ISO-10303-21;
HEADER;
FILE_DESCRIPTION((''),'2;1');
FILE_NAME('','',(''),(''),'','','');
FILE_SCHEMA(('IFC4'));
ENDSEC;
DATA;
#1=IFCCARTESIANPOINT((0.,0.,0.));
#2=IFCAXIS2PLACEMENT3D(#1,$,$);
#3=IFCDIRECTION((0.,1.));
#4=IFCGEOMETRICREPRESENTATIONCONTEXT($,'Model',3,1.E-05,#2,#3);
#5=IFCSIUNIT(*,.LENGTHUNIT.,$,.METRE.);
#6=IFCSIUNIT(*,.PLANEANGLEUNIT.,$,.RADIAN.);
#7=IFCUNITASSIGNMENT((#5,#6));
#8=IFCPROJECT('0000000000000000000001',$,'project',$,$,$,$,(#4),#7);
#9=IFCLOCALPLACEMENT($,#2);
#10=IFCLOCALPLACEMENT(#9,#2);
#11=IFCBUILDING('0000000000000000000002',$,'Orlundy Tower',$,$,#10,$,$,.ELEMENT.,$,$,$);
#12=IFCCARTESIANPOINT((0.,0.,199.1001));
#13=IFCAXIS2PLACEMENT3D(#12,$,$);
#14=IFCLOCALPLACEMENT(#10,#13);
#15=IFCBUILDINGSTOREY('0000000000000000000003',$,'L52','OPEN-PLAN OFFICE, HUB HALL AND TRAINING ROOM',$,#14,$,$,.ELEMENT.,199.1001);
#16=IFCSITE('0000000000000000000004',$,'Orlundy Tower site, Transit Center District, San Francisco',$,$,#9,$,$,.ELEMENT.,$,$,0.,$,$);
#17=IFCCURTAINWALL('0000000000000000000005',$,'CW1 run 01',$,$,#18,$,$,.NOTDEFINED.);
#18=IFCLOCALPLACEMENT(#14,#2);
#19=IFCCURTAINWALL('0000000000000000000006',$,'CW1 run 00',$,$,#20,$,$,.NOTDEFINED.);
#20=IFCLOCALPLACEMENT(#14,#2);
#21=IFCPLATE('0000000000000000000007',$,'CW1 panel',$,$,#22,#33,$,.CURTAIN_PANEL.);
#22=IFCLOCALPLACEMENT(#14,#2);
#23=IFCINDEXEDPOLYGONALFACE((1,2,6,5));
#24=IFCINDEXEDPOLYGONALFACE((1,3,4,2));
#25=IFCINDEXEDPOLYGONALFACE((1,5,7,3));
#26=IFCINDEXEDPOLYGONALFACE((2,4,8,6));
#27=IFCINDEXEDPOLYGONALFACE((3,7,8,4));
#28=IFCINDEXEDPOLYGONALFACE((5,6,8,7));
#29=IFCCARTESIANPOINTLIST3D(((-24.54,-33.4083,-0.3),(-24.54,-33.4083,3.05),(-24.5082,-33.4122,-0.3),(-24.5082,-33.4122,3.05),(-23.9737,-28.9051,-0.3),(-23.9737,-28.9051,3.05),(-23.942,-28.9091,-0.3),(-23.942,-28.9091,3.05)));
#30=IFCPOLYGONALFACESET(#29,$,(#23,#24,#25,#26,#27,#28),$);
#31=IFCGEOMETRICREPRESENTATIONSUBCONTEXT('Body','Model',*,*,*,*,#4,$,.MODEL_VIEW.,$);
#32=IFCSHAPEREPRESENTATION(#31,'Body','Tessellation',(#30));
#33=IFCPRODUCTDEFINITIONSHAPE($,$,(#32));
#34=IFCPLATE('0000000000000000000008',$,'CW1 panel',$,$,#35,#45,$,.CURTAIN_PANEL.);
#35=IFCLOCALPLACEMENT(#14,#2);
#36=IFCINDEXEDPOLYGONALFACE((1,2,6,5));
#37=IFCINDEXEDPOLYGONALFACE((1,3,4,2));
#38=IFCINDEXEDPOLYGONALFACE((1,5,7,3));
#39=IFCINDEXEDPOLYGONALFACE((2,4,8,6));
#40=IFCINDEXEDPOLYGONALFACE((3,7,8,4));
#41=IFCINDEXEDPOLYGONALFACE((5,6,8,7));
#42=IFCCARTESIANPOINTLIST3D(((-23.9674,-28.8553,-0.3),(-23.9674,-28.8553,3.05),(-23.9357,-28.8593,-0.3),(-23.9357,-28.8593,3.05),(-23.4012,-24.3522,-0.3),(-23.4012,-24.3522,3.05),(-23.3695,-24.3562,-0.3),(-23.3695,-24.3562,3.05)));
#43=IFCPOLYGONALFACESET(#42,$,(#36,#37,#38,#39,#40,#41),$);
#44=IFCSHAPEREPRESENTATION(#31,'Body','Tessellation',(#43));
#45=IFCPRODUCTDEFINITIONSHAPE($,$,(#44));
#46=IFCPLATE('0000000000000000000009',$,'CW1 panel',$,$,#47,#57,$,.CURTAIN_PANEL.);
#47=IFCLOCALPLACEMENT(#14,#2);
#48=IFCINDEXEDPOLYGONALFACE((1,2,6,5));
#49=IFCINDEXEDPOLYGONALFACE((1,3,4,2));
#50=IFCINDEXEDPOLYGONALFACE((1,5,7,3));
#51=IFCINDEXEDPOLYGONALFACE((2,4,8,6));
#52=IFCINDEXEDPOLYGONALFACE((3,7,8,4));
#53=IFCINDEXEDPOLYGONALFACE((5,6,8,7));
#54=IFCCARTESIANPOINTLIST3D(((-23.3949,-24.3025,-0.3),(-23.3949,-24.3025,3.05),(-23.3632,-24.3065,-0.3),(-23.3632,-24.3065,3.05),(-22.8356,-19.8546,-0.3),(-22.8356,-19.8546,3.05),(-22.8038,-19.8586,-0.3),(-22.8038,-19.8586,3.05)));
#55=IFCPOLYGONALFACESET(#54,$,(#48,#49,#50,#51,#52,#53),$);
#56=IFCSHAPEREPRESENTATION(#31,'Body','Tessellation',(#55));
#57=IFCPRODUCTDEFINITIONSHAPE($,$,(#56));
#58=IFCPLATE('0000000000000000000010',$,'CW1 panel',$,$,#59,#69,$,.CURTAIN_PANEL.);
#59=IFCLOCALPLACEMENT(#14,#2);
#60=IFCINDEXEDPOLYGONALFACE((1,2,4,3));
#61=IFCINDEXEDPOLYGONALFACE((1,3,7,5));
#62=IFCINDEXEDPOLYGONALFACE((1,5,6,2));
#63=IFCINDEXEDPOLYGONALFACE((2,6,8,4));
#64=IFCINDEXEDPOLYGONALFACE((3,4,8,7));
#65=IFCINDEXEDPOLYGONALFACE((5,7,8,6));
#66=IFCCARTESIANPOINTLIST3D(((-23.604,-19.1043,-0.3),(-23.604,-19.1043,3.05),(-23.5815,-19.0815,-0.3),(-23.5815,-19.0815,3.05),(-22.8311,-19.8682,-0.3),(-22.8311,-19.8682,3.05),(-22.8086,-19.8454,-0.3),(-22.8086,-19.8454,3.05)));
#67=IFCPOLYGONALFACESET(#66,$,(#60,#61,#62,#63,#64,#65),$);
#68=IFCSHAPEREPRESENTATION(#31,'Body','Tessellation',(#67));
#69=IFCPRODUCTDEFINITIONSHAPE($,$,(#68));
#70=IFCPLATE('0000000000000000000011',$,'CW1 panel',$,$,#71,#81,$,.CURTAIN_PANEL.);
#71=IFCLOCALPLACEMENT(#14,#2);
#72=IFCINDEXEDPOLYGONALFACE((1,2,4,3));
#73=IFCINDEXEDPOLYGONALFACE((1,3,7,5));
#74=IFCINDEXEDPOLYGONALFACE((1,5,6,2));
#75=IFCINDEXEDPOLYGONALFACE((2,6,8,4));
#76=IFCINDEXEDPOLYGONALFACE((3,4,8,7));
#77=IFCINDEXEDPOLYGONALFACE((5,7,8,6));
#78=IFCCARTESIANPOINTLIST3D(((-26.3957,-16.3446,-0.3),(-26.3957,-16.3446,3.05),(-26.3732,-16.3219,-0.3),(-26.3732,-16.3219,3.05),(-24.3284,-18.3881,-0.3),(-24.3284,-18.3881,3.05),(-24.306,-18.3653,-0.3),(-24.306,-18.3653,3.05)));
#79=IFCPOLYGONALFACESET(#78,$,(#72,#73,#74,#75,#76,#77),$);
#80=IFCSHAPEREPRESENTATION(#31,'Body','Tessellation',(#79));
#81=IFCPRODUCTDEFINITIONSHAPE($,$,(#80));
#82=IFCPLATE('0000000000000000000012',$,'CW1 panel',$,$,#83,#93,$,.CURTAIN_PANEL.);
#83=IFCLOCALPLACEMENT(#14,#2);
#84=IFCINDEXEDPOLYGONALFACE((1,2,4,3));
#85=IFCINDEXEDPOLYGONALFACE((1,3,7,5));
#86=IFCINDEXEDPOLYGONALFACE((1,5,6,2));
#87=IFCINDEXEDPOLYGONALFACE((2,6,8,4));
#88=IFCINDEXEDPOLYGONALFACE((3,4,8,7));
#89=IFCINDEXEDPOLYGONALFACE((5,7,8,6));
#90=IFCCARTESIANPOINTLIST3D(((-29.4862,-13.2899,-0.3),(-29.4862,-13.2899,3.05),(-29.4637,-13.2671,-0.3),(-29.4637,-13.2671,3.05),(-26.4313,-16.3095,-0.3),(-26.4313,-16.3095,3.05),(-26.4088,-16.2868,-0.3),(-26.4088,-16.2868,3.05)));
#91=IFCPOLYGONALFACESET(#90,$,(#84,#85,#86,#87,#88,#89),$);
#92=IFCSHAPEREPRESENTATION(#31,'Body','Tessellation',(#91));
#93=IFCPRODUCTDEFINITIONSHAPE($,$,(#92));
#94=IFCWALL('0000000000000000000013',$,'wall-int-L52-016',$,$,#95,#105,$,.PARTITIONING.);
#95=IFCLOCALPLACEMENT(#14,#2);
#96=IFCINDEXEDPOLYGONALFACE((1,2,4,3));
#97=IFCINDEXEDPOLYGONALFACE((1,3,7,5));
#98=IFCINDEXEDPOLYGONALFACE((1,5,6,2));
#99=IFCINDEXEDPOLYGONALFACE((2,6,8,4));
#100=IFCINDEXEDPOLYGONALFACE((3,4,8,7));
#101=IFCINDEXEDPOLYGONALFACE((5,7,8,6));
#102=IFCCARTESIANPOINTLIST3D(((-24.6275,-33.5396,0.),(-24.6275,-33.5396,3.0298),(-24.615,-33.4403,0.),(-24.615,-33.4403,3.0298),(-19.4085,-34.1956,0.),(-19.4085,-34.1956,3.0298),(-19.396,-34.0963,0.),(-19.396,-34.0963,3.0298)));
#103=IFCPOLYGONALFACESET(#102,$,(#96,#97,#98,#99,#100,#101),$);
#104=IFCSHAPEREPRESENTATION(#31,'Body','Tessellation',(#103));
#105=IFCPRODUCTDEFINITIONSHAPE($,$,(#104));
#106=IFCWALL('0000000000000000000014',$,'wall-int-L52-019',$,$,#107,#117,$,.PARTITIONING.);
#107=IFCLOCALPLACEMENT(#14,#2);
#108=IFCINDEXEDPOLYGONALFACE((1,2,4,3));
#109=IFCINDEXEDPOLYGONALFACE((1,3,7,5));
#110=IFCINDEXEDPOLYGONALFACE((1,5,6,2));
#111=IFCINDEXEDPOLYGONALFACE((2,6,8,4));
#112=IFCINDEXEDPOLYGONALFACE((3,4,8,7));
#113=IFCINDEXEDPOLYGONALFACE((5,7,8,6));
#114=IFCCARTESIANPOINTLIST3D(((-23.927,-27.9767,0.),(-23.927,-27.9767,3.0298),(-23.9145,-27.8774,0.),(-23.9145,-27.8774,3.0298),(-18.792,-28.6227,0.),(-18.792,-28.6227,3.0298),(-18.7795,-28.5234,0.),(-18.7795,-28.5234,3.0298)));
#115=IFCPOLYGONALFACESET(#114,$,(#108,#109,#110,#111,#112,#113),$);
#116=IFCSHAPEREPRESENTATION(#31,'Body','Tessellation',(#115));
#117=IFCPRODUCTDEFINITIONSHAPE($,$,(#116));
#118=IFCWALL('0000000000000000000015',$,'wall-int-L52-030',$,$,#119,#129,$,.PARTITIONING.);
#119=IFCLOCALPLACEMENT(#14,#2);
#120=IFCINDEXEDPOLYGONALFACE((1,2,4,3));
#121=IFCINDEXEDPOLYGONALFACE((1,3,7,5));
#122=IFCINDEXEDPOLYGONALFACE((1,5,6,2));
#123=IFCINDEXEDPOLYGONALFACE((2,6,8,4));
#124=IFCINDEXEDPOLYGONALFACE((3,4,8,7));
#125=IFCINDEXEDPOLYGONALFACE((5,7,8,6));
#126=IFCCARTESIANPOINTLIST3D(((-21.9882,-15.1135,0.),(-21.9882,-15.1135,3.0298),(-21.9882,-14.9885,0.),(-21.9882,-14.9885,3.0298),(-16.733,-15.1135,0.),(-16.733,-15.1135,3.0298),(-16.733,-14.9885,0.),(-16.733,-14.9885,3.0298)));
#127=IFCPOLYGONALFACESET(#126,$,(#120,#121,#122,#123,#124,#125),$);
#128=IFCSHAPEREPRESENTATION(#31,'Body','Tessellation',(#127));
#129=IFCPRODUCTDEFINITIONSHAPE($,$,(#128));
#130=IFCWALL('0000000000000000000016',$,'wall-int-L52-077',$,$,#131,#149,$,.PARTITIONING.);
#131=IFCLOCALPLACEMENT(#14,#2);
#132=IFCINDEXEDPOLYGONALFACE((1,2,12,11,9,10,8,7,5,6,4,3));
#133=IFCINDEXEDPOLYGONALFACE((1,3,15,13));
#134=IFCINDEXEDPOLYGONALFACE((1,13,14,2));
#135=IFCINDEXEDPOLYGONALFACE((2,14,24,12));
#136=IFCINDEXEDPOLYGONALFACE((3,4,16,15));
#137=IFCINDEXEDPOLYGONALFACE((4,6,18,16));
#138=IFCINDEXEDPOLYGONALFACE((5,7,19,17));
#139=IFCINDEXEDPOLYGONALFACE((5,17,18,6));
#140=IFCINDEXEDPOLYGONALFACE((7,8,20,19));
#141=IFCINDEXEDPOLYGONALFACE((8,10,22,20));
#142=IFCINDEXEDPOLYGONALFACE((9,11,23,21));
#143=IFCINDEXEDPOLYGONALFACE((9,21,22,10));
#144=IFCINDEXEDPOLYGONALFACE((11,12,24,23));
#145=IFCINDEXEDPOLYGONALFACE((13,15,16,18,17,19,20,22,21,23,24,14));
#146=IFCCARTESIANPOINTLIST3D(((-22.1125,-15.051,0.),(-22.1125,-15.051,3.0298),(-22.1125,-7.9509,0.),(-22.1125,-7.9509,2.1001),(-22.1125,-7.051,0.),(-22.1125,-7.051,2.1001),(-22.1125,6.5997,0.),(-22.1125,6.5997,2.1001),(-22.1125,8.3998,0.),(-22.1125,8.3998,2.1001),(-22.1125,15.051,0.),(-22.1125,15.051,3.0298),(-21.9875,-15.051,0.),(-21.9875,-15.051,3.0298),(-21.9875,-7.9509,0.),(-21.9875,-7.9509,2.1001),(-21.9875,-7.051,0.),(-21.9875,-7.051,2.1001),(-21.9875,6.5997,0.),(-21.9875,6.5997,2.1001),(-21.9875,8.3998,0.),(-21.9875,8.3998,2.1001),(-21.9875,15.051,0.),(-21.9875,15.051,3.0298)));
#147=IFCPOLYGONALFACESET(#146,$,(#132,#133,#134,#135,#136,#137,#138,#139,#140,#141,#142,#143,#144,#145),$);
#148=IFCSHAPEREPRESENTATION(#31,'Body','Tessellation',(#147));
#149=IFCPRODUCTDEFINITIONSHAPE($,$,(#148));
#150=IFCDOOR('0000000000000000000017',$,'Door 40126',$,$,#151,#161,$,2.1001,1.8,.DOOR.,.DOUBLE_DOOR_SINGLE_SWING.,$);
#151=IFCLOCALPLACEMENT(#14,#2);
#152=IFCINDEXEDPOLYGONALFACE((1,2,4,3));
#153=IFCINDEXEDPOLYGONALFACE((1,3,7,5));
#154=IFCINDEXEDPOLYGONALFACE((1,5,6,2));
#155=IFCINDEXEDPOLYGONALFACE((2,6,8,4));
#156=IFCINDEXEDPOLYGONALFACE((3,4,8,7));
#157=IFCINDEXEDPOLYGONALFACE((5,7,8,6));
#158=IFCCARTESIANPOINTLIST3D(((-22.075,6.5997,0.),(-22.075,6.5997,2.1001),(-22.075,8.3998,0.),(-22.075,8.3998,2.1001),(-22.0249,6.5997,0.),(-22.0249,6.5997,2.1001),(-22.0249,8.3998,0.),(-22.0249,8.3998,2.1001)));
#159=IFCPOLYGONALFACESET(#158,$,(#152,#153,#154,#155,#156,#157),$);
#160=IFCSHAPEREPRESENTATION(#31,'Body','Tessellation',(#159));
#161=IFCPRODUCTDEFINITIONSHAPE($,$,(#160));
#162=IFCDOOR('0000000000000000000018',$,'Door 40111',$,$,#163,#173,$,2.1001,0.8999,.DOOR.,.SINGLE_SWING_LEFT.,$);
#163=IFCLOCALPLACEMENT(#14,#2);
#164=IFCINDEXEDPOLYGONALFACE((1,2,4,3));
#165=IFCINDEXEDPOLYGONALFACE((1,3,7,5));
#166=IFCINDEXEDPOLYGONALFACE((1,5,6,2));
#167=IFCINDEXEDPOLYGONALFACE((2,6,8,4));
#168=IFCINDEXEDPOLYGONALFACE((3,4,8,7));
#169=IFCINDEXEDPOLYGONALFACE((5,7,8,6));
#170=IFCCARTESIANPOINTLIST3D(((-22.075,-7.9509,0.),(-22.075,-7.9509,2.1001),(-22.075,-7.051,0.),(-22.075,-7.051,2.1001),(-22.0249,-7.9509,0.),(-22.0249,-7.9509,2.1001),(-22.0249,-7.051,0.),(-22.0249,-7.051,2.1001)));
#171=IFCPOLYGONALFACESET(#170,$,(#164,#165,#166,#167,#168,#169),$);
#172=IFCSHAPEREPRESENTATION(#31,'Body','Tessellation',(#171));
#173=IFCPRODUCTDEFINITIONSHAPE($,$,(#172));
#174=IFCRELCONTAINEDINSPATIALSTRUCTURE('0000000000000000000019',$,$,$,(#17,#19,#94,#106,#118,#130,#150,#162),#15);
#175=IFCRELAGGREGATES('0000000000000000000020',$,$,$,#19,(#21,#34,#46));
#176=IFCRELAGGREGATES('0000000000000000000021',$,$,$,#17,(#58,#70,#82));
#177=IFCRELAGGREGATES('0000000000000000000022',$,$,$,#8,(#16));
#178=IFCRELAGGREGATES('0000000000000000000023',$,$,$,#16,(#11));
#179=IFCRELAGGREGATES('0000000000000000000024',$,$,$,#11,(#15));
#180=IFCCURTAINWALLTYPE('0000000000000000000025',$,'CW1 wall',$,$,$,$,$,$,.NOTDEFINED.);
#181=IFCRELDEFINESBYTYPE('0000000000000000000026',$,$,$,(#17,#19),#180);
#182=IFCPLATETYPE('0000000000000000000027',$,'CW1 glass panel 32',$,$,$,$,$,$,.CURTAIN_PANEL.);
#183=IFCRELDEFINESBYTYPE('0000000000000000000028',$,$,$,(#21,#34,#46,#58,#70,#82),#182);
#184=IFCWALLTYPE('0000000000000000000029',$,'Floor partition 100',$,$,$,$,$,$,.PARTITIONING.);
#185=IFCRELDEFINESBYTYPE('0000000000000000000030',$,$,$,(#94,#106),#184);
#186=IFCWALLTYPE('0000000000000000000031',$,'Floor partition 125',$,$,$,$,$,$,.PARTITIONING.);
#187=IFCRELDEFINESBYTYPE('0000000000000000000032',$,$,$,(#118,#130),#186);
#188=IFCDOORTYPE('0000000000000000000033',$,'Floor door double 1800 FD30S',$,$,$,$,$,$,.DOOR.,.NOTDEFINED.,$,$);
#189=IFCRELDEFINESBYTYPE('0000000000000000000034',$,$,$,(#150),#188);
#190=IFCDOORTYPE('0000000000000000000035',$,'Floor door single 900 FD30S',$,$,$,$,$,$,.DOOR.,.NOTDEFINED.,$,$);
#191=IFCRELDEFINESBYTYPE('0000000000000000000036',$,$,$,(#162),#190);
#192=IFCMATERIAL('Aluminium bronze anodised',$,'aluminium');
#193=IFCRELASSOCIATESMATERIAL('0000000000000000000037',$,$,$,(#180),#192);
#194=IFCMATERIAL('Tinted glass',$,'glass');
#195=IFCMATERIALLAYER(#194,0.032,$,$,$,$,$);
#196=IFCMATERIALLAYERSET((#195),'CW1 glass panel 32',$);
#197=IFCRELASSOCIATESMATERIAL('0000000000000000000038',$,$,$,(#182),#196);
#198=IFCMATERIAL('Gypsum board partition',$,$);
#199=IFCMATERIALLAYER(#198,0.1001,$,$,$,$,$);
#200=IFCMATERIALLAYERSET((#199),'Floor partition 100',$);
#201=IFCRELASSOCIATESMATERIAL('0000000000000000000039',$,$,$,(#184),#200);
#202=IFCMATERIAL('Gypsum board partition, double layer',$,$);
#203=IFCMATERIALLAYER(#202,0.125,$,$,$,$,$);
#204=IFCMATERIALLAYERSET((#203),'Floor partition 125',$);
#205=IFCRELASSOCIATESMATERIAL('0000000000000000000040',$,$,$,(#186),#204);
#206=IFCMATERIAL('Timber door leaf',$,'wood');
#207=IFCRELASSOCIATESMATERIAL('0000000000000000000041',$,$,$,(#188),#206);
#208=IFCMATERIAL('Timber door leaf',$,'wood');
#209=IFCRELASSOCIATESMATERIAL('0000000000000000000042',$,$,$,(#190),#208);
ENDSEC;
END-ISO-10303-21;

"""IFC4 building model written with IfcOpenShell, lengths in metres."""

from ifc_helpers import new_model, si_unit, direction, frame, frame_2d, origin, origin_2d, place, context, subcontext, project, spatial, rectangle, extrude, material, layer, layer_set, type_object, element, fill, aggregate, save


model = new_model("IFC4")

# Units and contexts
model_context = context("Model", 3, precision=1e-05, world=origin(), true_north=direction((0.0, 1.0)))
body_context = subcontext(model_context, "Body", "Model", "MODEL_VIEW")
ifc_project = project(units=[si_unit("LENGTHUNIT", "METRE"), si_unit("PLANEANGLEUNIT", "RADIAN")], contexts=[model_context])

# Site, building, storey
site_placement = place(None, origin())
site = spatial("IfcSite", under=ifc_project, at=site_placement, Name="Orlundy Tower site, Transit Center District, San Francisco", CompositionType="ELEMENT", RefElevation=0.0)
building_placement = place(site_placement, origin())
building = spatial("IfcBuilding", under=site, at=building_placement, Name="Orlundy Tower", CompositionType="ELEMENT")
storey_placement = place(building_placement, frame((0.0, 0.0, 199.1001)))
storey = spatial("IfcBuildingStorey", under=building, at=storey_placement, Name="L52", Description="OPEN-PLAN OFFICE, HUB HALL AND TRAINING ROOM", CompositionType="ELEMENT", Elevation=199.1001)

# Curtain wall
ifc_material_1 = material(Name="Aluminium bronze anodised", Category="aluminium")
curtain_wall_type = type_object("IfcCurtainWallType", Name="CW1 wall", PredefinedType="NOTDEFINED", material=ifc_material_1)
curtain_wall_1_placement = place(storey_placement, origin())
curtain_wall_1 = element("IfcCurtainWall", 1, at=curtain_wall_1_placement, inside=storey, type_object=curtain_wall_type, Name="CW1 run 01", PredefinedType="NOTDEFINED")

# Curtain wall
curtain_wall_2_placement = place(storey_placement, origin())
curtain_wall_2 = element("IfcCurtainWall", 2, at=curtain_wall_2_placement, inside=storey, type_object=curtain_wall_type, Name="CW1 run 00", PredefinedType="NOTDEFINED")

# Plates
ifc_material_2 = material(Name="Tinted glass", Category="glass")
ifc_layer_1 = layer(ifc_material_2, 0.032)
ifc_layer_set_1 = layer_set([ifc_layer_1], Name="CW1 glass panel 32")
plate_type = type_object("IfcPlateType", Name="CW1 glass panel 32", PredefinedType="CURTAIN_PANEL", material=ifc_layer_set_1)
plate_1_placement = place(storey_placement, frame((-24.241, -31.1587, -0.3), z_axis=(0.0, 0.0, 1.0), x_axis=(0.124763, 0.992187, 0.0)))
plate_1 = element("IfcPlate", 3, at=plate_1_placement, type_object=plate_type, Name="CW1 panel", PredefinedType="CURTAIN_PANEL", context=body_context, shape_type="SweptSolid", body=[
    extrude(rectangle(XDim=4.5386, YDim=0.032, at=origin_2d()), origin(), (0.0, 0.0, 1.0), 3.3501),
])
plate_2_placement = place(storey_placement, frame((-23.6685, -26.6057, -0.3), z_axis=(0.0, 0.0, 1.0), x_axis=(0.124763, 0.992187, 0.0)))
plate_2 = element("IfcPlate", 4, at=plate_2_placement, type_object=plate_type, Name="CW1 panel", PredefinedType="CURTAIN_PANEL", context=body_context, shape_type="SweptSolid", body=[
    extrude(rectangle(XDim=4.5386, YDim=0.032, at=origin_2d()), origin(), (0.0, 0.0, 1.0), 3.3501),
])
plate_3_placement = place(storey_placement, frame((-23.0994, -22.0806, -0.3), z_axis=(0.0, 0.0, 1.0), x_axis=(0.124763, 0.992187, 0.0)))
plate_3 = element("IfcPlate", 5, at=plate_3_placement, type_object=plate_type, Name="CW1 panel", PredefinedType="CURTAIN_PANEL", context=body_context, shape_type="SweptSolid", body=[
    extrude(rectangle(XDim=4.4829, YDim=0.032, at=origin_2d()), origin(), (0.0, 0.0, 1.0), 3.3501),
])
aggregate(curtain_wall_2, [plate_1, plate_2, plate_3])
plate_4_placement = place(storey_placement, frame((-23.2063, -19.4749, -0.3), z_axis=(0.0, 0.0, 1.0), x_axis=(-0.711198, 0.702992, 0.0)))
plate_4 = element("IfcPlate", 6, at=plate_4_placement, type_object=plate_type, Name="CW1 panel", PredefinedType="CURTAIN_PANEL", context=body_context, shape_type="SweptSolid", body=[
    extrude(rectangle(XDim=1.0867, YDim=0.032, at=origin_2d()), origin(), (0.0, 0.0, 1.0), 3.3501),
])
plate_5_placement = place(storey_placement, frame((-25.3508, -17.355, -0.3), z_axis=(0.0, 0.0, 1.0), x_axis=(-0.711198, 0.702992, 0.0)))
plate_5 = element("IfcPlate", 7, at=plate_5_placement, type_object=plate_type, Name="CW1 panel", PredefinedType="CURTAIN_PANEL", context=body_context, shape_type="SweptSolid", body=[
    extrude(rectangle(XDim=2.9067, YDim=0.032, at=origin_2d()), origin(), (0.0, 0.0, 1.0), 3.3501),
])
plate_6_placement = place(storey_placement, frame((-27.9475, -14.7883, -0.3), z_axis=(0.0, 0.0, 1.0), x_axis=(-0.711198, 0.702992, 0.0)))
plate_6 = element("IfcPlate", 8, at=plate_6_placement, type_object=plate_type, Name="CW1 panel", PredefinedType="CURTAIN_PANEL", context=body_context, shape_type="SweptSolid", body=[
    extrude(rectangle(XDim=4.2954, YDim=0.032, at=origin_2d()), origin(), (0.0, 0.0, 1.0), 3.3501),
])
aggregate(curtain_wall_1, [plate_4, plate_5, plate_6])

# Walls
ifc_material_3 = material(Name="Gypsum board partition")
ifc_layer_2 = layer(ifc_material_3, 0.1001)
ifc_layer_set_2 = layer_set([ifc_layer_2], Name="Floor partition 100")
wall_type_1 = type_object("IfcWallType", Name="Floor partition 100", PredefinedType="PARTITIONING", material=ifc_layer_set_2)
wall_1_placement = place(storey_placement, frame((-24.6211, -33.49, 0.0), z_axis=(0.0, 0.0, 1.0), x_axis=(0.992193, -0.124714, 0.0)))
element("IfcWall", 9, at=wall_1_placement, inside=storey, type_object=wall_type_1, Name="wall-int-L52-016", PredefinedType="PARTITIONING", context=body_context, shape_type="SweptSolid", body=[
    extrude(rectangle(XDim=5.26, YDim=0.1001, at=frame_2d((2.6299, 0.0))), origin(), (0.0, 0.0, 1.0), 3.0298),
])
wall_2_placement = place(storey_placement, frame((-23.9209, -27.927, 0.0), z_axis=(0.0, 0.0, 1.0), x_axis=(0.99218, -0.124818, 0.0)))
element("IfcWall", 10, at=wall_2_placement, inside=storey, type_object=wall_type_1, Name="wall-int-L52-019", PredefinedType="PARTITIONING", context=body_context, shape_type="SweptSolid", body=[
    extrude(rectangle(XDim=5.1755, YDim=0.1001, at=frame_2d((2.5879, 0.0))), origin(), (0.0, 0.0, 1.0), 3.0298),
])
ifc_material_4 = material(Name="Gypsum board partition, double layer")
ifc_layer_3 = layer(ifc_material_4, 0.125)
ifc_layer_set_3 = layer_set([ifc_layer_3], Name="Floor partition 125")
wall_type_2 = type_object("IfcWallType", Name="Floor partition 125", PredefinedType="PARTITIONING", material=ifc_layer_set_3)
wall_3_placement = place(storey_placement, frame((-21.988, -15.051, 0.0), z_axis=(0.0, 0.0, 1.0), x_axis=(1.0, 0.0, 0.0)))
element("IfcWall", 11, at=wall_3_placement, inside=storey, type_object=wall_type_2, Name="wall-int-L52-030", PredefinedType="PARTITIONING", context=body_context, shape_type="SweptSolid", body=[
    extrude(rectangle(XDim=5.2551, YDim=0.125, at=frame_2d((2.6274, 0.0))), origin(), (0.0, 0.0, 1.0), 3.0298),
])

# Wall, openings, doors
wall_4_placement = place(storey_placement, frame((-22.05, -15.051, 0.0), z_axis=(0.0, 0.0, 1.0), x_axis=(0.0, 1.0, 0.0)))
wall_4 = element("IfcWall", 12, at=wall_4_placement, inside=storey, type_object=wall_type_2, Name="wall-int-L52-077", PredefinedType="PARTITIONING", context=body_context, shape_type="SweptSolid", body=[
    extrude(rectangle(XDim=30.1021, YDim=0.125, at=frame_2d((15.051, 0.0))), origin(), (0.0, 0.0, 1.0), 3.0298),
])
opening_1_placement = place(wall_4_placement, frame((7.1001, 0.0, 0.0)))
opening_1 = element("IfcOpeningElement", 13, at=opening_1_placement, cuts=wall_4, PredefinedType="OPENING", context=body_context, shape_type="SweptSolid", body=[
    extrude(rectangle(XDim=0.8999, YDim=2.1001, at=frame_2d((0.45, 1.05))), frame((0.0, 0.0725, 0.0), z_axis=(0.0, -1.0, 0.0), x_axis=(1.0, 0.0, 0.0)), (0.0, 0.0, 1.0), 0.145),
])
opening_2_placement = place(wall_4_placement, frame((21.6509, 0.0, 0.0)))
opening_2 = element("IfcOpeningElement", 14, at=opening_2_placement, cuts=wall_4, PredefinedType="OPENING", context=body_context, shape_type="SweptSolid", body=[
    extrude(rectangle(XDim=1.8, YDim=2.1001, at=frame_2d((0.8999, 1.05))), frame((0.0, 0.0725, 0.0), z_axis=(0.0, -1.0, 0.0), x_axis=(1.0, 0.0, 0.0)), (0.0, 0.0, 1.0), 0.145),
])
ifc_material_5 = material(Name="Timber door leaf", Category="wood")
door_type_1 = type_object("IfcDoorType", Name="Floor door double 1800 FD30S", OperationType="NOTDEFINED", PredefinedType="DOOR", material=ifc_material_5)
door_1_placement = place(opening_2_placement, origin())
door_1 = element("IfcDoor", 15, at=door_1_placement, inside=storey, type_object=door_type_1, Name="Door 40126", OperationType="DOUBLE_DOOR_SINGLE_SWING", OverallHeight=2.1001, OverallWidth=1.8, PredefinedType="DOOR", context=body_context, shape_type="SweptSolid", body=[
    extrude(rectangle(XDim=1.8, YDim=2.1001, at=frame_2d((0.8999, 1.05))), frame((0.0, 0.0249, 0.0), z_axis=(0.0, -1.0, 0.0), x_axis=(1.0, 0.0, 0.0)), (0.0, 0.0, 1.0), 0.05),
])
fill(opening_2, door_1)
ifc_material_6 = material(Name="Timber door leaf", Category="wood")
door_type_2 = type_object("IfcDoorType", Name="Floor door single 900 FD30S", OperationType="NOTDEFINED", PredefinedType="DOOR", material=ifc_material_6)
door_2_placement = place(opening_1_placement, origin())
door_2 = element("IfcDoor", 16, at=door_2_placement, inside=storey, type_object=door_type_2, Name="Door 40111", OperationType="SINGLE_SWING_LEFT", OverallHeight=2.1001, OverallWidth=0.8999, PredefinedType="DOOR", context=body_context, shape_type="SweptSolid", body=[
    extrude(rectangle(XDim=0.8999, YDim=2.1001, at=frame_2d((0.45, 1.05))), frame((0.0, 0.0249, 0.0), z_axis=(0.0, -1.0, 0.0), x_axis=(1.0, 0.0, 0.0)), (0.0, 0.0, 1.0), 0.05),
])
fill(opening_1, door_2)

save(model, "model.ifc")
